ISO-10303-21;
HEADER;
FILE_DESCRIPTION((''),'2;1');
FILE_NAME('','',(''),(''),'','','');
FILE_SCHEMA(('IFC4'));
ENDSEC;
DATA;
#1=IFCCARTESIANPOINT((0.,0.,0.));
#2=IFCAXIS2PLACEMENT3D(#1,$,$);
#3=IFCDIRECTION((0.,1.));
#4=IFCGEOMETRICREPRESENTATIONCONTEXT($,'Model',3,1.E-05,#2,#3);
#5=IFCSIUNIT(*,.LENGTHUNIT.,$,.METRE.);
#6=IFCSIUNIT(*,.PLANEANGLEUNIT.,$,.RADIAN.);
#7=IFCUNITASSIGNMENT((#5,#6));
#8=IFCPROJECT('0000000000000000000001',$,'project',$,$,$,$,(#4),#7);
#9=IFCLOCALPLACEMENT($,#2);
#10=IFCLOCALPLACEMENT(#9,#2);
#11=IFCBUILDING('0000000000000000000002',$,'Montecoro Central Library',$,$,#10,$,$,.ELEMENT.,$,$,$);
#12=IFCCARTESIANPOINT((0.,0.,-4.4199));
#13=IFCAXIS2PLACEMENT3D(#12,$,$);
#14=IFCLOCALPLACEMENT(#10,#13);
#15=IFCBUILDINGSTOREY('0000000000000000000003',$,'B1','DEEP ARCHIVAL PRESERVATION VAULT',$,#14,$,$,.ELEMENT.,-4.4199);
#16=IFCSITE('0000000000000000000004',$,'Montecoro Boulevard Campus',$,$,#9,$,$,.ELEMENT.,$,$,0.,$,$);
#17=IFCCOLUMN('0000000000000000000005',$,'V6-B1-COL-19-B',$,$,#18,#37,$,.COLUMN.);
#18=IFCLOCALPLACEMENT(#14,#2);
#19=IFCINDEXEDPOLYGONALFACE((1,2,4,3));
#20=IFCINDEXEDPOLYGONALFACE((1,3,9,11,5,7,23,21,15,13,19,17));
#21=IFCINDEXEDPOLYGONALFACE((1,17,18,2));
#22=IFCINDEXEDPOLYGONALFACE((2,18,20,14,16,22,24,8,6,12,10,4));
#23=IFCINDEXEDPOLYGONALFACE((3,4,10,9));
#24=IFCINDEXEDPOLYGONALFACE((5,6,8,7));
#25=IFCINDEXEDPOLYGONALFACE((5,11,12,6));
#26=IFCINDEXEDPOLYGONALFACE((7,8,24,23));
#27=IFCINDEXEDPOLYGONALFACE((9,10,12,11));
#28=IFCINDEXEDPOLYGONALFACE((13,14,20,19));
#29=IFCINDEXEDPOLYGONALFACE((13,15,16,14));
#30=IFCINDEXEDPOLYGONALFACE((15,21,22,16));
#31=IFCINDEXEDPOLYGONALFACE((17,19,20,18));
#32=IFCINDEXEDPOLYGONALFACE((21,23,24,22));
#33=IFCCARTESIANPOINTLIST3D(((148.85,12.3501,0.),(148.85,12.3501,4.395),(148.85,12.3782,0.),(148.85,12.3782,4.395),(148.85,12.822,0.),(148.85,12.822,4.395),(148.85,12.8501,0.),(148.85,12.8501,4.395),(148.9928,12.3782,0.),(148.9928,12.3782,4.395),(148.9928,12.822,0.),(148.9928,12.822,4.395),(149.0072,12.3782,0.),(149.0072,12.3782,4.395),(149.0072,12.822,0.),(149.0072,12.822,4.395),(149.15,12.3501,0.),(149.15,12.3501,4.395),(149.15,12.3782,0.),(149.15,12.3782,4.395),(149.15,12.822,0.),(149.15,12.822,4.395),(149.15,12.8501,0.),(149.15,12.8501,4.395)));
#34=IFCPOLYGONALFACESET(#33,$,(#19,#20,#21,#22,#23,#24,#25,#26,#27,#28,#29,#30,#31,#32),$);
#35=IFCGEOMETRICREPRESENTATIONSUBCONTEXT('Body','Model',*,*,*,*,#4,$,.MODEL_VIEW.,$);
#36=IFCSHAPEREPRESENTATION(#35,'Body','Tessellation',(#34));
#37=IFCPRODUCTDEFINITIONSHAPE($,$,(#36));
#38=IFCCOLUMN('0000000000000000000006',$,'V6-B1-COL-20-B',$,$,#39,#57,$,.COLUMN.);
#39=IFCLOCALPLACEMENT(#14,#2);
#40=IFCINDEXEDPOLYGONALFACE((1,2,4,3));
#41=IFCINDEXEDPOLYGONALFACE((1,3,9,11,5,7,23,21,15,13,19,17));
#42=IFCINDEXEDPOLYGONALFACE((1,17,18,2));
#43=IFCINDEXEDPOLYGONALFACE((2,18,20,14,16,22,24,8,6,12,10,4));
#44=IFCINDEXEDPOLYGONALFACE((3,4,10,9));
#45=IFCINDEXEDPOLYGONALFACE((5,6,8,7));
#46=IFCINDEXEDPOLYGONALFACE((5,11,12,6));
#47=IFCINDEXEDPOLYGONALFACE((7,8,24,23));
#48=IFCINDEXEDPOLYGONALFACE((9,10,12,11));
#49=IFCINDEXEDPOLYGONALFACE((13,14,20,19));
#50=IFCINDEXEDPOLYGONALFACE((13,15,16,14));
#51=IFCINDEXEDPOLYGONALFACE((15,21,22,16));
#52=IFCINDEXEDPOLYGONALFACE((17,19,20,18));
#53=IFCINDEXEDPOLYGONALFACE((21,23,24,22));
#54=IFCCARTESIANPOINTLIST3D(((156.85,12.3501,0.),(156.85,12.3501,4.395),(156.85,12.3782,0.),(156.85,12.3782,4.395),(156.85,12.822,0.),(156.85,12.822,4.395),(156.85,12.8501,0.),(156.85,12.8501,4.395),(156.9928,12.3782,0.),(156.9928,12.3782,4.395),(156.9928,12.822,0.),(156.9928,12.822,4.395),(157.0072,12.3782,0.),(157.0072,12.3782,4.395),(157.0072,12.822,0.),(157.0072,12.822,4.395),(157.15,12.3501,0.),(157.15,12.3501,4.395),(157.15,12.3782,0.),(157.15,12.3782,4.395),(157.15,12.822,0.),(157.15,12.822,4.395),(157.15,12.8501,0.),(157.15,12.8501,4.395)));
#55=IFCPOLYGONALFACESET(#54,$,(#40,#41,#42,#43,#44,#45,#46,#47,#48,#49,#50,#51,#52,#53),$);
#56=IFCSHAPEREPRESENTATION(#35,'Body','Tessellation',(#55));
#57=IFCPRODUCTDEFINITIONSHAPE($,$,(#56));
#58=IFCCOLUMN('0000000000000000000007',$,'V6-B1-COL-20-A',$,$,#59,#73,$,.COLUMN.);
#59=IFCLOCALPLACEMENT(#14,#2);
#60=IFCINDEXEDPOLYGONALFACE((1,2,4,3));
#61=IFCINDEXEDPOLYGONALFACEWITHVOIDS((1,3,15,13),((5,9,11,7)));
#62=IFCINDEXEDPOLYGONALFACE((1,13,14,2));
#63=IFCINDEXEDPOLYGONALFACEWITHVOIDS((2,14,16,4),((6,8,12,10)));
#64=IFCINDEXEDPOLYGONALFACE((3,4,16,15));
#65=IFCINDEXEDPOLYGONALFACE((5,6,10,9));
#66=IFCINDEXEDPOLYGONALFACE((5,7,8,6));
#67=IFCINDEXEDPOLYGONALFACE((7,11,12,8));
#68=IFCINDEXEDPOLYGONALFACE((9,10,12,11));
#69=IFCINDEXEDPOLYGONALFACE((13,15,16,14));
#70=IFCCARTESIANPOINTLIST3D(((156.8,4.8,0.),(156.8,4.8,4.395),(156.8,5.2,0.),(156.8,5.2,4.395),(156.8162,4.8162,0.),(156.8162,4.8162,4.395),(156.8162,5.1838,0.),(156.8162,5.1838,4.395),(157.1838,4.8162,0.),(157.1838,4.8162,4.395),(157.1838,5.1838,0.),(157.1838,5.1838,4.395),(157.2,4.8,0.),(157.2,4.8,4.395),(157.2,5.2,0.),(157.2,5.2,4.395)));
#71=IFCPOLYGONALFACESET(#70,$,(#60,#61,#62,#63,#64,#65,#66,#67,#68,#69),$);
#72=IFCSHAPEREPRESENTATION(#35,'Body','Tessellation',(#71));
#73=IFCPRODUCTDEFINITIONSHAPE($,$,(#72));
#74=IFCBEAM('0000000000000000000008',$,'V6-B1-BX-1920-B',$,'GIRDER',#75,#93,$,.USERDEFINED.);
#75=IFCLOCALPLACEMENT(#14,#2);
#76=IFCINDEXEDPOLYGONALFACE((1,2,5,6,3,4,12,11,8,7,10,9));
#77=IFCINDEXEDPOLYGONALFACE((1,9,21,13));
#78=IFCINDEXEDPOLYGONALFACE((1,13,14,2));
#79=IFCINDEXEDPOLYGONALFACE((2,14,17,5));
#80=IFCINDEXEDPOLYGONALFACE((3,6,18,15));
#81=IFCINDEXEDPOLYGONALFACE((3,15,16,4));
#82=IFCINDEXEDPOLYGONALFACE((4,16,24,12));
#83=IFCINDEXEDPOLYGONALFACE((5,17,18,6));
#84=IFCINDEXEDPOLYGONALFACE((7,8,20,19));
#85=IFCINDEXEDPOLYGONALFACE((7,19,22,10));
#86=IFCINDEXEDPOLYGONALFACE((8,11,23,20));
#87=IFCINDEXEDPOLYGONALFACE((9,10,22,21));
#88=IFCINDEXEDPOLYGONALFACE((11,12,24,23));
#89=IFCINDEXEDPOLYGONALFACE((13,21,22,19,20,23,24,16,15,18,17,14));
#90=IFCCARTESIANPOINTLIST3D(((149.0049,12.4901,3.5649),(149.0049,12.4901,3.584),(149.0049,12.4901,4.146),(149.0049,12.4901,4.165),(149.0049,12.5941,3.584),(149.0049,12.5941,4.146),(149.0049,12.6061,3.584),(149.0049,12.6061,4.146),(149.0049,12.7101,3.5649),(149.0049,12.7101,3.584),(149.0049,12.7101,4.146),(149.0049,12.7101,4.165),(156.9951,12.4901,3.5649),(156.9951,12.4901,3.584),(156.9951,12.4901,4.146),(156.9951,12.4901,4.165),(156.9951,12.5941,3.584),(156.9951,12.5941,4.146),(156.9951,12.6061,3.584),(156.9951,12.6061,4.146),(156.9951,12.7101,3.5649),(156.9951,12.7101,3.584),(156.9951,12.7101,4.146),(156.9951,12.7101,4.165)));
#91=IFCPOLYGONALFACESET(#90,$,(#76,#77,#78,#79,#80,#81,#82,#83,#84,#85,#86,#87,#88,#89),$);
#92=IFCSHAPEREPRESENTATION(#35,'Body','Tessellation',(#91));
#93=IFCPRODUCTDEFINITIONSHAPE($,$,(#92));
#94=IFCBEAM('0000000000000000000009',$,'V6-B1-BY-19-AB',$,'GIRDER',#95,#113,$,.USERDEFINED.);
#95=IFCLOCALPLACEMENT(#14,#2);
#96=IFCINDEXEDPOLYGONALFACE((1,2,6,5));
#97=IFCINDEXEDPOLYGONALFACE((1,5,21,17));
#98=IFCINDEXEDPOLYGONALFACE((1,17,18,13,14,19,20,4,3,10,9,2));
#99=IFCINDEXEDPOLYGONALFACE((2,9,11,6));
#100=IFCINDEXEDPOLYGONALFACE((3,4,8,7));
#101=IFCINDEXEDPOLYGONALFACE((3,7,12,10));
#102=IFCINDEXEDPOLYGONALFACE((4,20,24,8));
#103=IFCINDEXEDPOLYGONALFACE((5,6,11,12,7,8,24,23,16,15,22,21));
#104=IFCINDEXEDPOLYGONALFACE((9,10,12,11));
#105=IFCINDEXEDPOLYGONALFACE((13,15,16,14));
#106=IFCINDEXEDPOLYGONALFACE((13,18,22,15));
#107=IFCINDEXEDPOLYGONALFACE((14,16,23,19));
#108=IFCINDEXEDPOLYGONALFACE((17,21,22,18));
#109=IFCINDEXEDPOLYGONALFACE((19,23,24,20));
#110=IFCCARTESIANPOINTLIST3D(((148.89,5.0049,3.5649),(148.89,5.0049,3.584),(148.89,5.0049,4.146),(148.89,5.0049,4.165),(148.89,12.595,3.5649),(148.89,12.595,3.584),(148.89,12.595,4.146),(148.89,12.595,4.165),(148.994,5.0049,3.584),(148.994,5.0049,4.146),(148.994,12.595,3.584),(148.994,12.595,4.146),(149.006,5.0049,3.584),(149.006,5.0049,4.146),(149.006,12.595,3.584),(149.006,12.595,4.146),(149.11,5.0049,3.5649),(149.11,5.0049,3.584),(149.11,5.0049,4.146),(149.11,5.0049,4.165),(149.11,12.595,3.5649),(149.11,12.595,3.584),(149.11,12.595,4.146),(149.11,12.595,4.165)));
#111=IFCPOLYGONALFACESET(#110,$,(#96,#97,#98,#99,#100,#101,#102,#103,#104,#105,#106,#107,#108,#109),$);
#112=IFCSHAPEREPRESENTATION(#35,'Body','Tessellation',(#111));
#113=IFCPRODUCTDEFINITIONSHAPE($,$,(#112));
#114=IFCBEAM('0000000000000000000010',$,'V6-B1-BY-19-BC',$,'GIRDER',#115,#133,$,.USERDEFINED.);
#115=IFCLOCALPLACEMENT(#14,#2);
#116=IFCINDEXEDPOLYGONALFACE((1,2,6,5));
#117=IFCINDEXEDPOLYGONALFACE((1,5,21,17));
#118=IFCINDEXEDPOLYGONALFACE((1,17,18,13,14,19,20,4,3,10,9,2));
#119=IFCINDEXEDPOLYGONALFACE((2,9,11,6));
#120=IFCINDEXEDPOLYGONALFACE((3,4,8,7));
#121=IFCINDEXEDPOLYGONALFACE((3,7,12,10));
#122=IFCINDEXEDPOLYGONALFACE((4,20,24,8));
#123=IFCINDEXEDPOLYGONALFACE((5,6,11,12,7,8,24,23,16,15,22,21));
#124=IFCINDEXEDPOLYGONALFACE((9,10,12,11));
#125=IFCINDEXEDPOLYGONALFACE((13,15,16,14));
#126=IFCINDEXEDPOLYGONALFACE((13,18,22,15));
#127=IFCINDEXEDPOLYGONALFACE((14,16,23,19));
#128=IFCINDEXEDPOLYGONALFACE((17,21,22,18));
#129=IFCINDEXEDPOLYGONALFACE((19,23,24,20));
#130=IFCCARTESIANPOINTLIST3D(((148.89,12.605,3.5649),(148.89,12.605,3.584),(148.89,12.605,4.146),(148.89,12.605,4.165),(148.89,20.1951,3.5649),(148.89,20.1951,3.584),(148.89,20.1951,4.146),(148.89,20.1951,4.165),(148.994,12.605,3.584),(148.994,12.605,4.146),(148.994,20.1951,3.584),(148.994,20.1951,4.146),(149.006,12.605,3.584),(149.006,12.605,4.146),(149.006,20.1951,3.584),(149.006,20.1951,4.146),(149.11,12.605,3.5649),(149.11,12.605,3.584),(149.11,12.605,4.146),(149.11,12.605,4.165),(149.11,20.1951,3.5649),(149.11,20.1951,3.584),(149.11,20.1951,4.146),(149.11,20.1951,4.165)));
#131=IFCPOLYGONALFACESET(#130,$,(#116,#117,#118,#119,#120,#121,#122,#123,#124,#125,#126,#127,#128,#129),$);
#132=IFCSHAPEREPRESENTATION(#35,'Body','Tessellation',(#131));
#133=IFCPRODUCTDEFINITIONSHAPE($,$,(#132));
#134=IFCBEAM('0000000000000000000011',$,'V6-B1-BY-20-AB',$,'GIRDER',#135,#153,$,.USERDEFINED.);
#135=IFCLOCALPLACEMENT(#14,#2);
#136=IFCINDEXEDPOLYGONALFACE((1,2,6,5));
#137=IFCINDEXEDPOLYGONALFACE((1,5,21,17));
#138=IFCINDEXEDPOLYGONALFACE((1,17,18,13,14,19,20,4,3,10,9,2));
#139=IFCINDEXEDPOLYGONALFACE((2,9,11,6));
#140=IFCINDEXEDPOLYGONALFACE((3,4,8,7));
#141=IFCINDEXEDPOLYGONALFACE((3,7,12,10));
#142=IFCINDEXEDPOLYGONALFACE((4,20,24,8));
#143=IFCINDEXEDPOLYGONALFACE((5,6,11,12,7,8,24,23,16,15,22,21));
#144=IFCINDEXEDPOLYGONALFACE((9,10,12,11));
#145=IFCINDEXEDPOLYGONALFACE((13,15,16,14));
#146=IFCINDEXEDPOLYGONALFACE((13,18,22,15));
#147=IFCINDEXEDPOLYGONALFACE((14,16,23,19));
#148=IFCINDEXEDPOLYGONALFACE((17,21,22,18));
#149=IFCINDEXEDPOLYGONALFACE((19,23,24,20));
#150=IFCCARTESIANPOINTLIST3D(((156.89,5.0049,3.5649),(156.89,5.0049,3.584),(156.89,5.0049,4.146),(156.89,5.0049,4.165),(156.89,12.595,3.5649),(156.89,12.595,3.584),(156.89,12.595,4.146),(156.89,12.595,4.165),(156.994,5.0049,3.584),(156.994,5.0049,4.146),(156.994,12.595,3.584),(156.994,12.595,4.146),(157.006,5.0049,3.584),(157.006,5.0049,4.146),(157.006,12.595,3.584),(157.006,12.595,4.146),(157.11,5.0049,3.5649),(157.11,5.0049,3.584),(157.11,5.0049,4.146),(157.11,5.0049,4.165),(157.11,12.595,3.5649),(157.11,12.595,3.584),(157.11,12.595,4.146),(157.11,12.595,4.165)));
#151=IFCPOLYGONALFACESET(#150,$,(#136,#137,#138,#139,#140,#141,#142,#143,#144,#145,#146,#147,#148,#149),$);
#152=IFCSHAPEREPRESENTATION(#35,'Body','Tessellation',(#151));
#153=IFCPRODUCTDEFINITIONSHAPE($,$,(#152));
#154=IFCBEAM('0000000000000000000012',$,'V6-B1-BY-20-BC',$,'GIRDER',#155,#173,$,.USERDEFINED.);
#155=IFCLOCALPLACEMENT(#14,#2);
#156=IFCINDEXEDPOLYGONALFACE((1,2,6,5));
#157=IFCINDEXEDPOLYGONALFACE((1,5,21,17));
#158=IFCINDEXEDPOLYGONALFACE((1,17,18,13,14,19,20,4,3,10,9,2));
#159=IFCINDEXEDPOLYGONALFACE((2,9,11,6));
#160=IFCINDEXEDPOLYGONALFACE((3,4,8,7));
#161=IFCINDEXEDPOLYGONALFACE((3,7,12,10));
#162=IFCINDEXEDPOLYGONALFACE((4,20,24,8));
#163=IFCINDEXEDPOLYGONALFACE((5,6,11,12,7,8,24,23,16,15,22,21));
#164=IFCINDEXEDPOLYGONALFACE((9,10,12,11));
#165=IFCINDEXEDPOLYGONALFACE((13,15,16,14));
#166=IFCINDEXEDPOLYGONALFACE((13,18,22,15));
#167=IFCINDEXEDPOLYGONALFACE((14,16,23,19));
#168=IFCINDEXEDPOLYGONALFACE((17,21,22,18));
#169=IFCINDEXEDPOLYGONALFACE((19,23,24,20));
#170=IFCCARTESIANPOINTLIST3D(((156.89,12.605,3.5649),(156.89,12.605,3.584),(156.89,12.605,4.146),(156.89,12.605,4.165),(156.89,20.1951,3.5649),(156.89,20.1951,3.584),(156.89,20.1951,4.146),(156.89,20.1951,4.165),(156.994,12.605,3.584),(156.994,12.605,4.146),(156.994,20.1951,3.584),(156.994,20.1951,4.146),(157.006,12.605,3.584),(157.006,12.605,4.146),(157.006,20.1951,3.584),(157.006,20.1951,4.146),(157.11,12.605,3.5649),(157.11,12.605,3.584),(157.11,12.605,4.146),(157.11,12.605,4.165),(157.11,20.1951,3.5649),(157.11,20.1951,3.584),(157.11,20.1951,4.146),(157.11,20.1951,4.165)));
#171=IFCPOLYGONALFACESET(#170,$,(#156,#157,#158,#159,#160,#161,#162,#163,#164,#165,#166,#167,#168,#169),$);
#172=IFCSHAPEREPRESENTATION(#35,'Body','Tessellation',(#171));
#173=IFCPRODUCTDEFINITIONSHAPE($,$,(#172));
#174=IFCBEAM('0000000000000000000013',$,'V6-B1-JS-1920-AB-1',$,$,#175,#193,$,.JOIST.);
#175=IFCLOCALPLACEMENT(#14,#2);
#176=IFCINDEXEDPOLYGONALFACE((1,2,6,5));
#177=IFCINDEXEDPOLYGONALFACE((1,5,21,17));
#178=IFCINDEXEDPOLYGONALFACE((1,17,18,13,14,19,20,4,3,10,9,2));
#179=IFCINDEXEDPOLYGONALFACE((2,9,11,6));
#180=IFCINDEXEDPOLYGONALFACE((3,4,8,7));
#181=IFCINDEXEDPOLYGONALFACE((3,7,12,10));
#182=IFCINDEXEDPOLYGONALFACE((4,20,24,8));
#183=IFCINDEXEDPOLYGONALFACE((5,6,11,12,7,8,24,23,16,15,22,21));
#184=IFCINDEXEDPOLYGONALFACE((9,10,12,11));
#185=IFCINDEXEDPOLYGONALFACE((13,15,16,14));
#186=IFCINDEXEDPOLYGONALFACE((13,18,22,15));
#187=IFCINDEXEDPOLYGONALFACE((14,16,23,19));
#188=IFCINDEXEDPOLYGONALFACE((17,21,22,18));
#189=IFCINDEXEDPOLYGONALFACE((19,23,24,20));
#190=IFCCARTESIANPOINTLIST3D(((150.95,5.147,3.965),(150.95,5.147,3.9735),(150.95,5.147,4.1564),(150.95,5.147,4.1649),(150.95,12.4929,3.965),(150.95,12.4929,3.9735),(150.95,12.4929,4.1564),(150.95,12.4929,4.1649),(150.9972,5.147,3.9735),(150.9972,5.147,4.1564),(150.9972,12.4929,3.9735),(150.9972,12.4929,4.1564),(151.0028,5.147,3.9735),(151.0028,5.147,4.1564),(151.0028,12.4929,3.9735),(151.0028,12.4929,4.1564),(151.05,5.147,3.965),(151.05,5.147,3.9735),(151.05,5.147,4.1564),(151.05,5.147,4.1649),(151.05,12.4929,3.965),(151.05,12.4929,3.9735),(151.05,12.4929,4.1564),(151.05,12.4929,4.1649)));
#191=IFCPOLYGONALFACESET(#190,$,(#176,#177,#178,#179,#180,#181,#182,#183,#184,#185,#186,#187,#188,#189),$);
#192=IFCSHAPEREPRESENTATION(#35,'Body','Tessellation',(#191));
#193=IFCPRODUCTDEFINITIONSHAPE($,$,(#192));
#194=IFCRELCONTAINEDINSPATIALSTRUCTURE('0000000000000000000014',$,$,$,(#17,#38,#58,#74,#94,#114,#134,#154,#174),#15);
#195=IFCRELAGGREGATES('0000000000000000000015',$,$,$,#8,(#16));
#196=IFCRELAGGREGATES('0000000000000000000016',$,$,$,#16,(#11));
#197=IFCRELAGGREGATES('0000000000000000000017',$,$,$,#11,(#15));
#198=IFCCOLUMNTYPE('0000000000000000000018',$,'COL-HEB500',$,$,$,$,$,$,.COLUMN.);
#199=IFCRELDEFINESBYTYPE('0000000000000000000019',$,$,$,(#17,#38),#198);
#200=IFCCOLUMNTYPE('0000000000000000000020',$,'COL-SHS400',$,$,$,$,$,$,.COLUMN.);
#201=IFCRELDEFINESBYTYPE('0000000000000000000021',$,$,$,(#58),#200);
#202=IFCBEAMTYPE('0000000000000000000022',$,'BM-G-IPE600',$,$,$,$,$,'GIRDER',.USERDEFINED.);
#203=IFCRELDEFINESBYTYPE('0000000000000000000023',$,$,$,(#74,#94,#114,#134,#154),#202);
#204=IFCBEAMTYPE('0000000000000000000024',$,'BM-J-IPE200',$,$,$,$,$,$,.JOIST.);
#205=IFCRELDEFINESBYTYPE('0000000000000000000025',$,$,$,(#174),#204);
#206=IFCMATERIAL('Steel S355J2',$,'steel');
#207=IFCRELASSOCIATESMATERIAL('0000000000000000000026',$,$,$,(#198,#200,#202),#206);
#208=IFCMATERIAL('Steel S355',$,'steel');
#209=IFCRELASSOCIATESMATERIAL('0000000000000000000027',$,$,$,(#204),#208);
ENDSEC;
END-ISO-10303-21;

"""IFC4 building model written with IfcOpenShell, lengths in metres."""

from ifc_helpers import new_model, si_unit, direction, frame, origin, origin_2d, place, context, subcontext, project, spatial, hollow_rectangle, i_section, extrude, material, material_profile, profile_set, type_object, element, save


model = new_model("IFC4")

# Units and contexts
model_context = context("Model", 3, precision=1e-05, world=origin(), true_north=direction((0.0, 1.0)))
body_context = subcontext(model_context, "Body", "Model", "MODEL_VIEW")
ifc_project = project(units=[si_unit("LENGTHUNIT", "METRE"), si_unit("PLANEANGLEUNIT", "RADIAN")], contexts=[model_context])

# Site, building, storey
site_placement = place(None, origin())
site = spatial("IfcSite", under=ifc_project, at=site_placement, Name="Montecoro Boulevard Campus", CompositionType="ELEMENT", RefElevation=0.0)
building_placement = place(site_placement, origin())
building = spatial("IfcBuilding", under=site, at=building_placement, Name="Montecoro Central Library", CompositionType="ELEMENT")
storey_placement = place(building_placement, frame((0.0, 0.0, -4.4199)))
storey = spatial("IfcBuildingStorey", under=building, at=storey_placement, Name="B1", Description="DEEP ARCHIVAL PRESERVATION VAULT", CompositionType="ELEMENT", Elevation=-4.4199)

# Columns
ifc_material_1 = material(Name="Steel S355J2", Category="steel")
ifc_material_profile_1 = material_profile(ifc_material_1, i_section(OverallWidth=0.3, OverallDepth=0.5, WebThickness=0.0144, FlangeThickness=0.0281, at=origin_2d()), Name="HEB 500")
ifc_profile_set_1 = profile_set([ifc_material_profile_1], Name="Steel S355J2")
column_type_1 = type_object("IfcColumnType", Name="COL-HEB500", PredefinedType="COLUMN", material=ifc_profile_set_1)
for number, where, z_axis, x_axis, name in (
    (1, (149.0, 12.6001, 0.0), (0.0, 0.0, 1.0), (1.0, 0.0, 0.0), "V6-B1-COL-19-B"),
    (2, (157.0, 12.6001, 0.0), (0.0, 0.0, 1.0), (1.0, 0.0, 0.0), "V6-B1-COL-20-B"),
):
    element("IfcColumn", number, at=place(storey_placement, frame(where, z_axis=z_axis, x_axis=x_axis)), inside=storey, type_object=column_type_1, Name=name, PredefinedType="COLUMN", context=body_context, shape_type="SweptSolid", body=[
        extrude(i_section(OverallWidth=0.3, OverallDepth=0.5, WebThickness=0.0144, FlangeThickness=0.0281, at=origin_2d()), origin(), (0.0, 0.0, 1.0), 4.395),
    ])
ifc_material_profile_2 = material_profile(ifc_material_1, hollow_rectangle(XDim=0.3999, YDim=0.3999, WallThickness=0.0161, at=origin_2d()), Name="SHS 400x400x16.0")
ifc_profile_set_2 = profile_set([ifc_material_profile_2], Name="Steel S355J2")
column_type_2 = type_object("IfcColumnType", Name="COL-SHS400", PredefinedType="COLUMN", material=ifc_profile_set_2)
column_placement = place(storey_placement, frame((157.0, 5.0, 0.0), z_axis=(0.0, 0.0, 1.0), x_axis=(1.0, 0.0, 0.0)))
element("IfcColumn", 3, at=column_placement, inside=storey, type_object=column_type_2, Name="V6-B1-COL-20-A", PredefinedType="COLUMN", context=body_context, shape_type="SweptSolid", body=[
    extrude(hollow_rectangle(XDim=0.3999, YDim=0.3999, WallThickness=0.0161, at=origin_2d()), origin(), (0.0, 0.0, 1.0), 4.395),
])

# Beams
ifc_material_profile_3 = material_profile(ifc_material_1, i_section(OverallWidth=0.22, OverallDepth=0.6001, WebThickness=0.012, FlangeThickness=0.019, at=origin_2d()), Name="IPE 600")
ifc_profile_set_3 = profile_set([ifc_material_profile_3], Name="Steel S355J2")
beam_type_1 = type_object("IfcBeamType", Name="BM-G-IPE600", ElementType="GIRDER", PredefinedType="USERDEFINED", material=ifc_profile_set_3)
beam_1_placement = place(storey_placement, frame((149.0049, 12.6001, 3.865), z_axis=(1.0, 0.0, 0.0), x_axis=(0.0, 1.0, 0.0)))
element("IfcBeam", 4, at=beam_1_placement, inside=storey, type_object=beam_type_1, Name="V6-B1-BX-1920-B", ObjectType="GIRDER", PredefinedType="USERDEFINED", context=body_context, shape_type="SweptSolid", body=[
    extrude(i_section(OverallWidth=0.22, OverallDepth=0.6001, WebThickness=0.012, FlangeThickness=0.019, at=origin_2d()), origin(), (0.0, 0.0, 1.0), 7.9902),
])
for number, where, z_axis, x_axis, name in (
    (5, (149.0, 5.0049, 3.865), (0.0, 1.0, 0.0), (-1.0, 0.0, 0.0), "V6-B1-BY-19-AB"),
    (6, (149.0, 12.605, 3.865), (0.0, 1.0, 0.0), (-1.0, 0.0, 0.0), "V6-B1-BY-19-BC"),
    (7, (157.0, 5.0049, 3.865), (0.0, 1.0, 0.0), (-1.0, 0.0, 0.0), "V6-B1-BY-20-AB"),
    (8, (157.0, 12.605, 3.865), (0.0, 1.0, 0.0), (-1.0, 0.0, 0.0), "V6-B1-BY-20-BC"),
):
    element("IfcBeam", number, at=place(storey_placement, frame(where, z_axis=z_axis, x_axis=x_axis)), inside=storey, type_object=beam_type_1, Name=name, ObjectType="GIRDER", PredefinedType="USERDEFINED", context=body_context, shape_type="SweptSolid", body=[
        extrude(i_section(OverallWidth=0.22, OverallDepth=0.6001, WebThickness=0.012, FlangeThickness=0.019, at=origin_2d()), origin(), (0.0, 0.0, 1.0), 7.5901),
    ])
ifc_material_2 = material(Name="Steel S355", Category="steel")
ifc_material_profile_4 = material_profile(ifc_material_2, i_section(OverallWidth=0.1001, OverallDepth=0.2, WebThickness=0.0056, FlangeThickness=0.0085, at=origin_2d()), Name="IPE 200")
ifc_profile_set_4 = profile_set([ifc_material_profile_4], Name="Steel S355")
beam_type_2 = type_object("IfcBeamType", Name="BM-J-IPE200", PredefinedType="JOIST", material=ifc_profile_set_4)
for number, where, z_axis, x_axis, name in (
    (9, (151.0, 5.147, 4.0649), (0.0, 1.0, 0.0), (-1.0, 0.0, 0.0), "V6-B1-JS-1920-AB-1"),
):
    element("IfcBeam", number, at=place(storey_placement, frame(where, z_axis=z_axis, x_axis=x_axis)), inside=storey, type_object=beam_type_2, Name=name, PredefinedType="JOIST", context=body_context, shape_type="SweptSolid", body=[
        extrude(i_section(OverallWidth=0.1001, OverallDepth=0.2, WebThickness=0.0056, FlangeThickness=0.0085, at=origin_2d()), origin(), (0.0, 0.0, 1.0), 7.3459),
    ])

save(model, "model.ifc")
